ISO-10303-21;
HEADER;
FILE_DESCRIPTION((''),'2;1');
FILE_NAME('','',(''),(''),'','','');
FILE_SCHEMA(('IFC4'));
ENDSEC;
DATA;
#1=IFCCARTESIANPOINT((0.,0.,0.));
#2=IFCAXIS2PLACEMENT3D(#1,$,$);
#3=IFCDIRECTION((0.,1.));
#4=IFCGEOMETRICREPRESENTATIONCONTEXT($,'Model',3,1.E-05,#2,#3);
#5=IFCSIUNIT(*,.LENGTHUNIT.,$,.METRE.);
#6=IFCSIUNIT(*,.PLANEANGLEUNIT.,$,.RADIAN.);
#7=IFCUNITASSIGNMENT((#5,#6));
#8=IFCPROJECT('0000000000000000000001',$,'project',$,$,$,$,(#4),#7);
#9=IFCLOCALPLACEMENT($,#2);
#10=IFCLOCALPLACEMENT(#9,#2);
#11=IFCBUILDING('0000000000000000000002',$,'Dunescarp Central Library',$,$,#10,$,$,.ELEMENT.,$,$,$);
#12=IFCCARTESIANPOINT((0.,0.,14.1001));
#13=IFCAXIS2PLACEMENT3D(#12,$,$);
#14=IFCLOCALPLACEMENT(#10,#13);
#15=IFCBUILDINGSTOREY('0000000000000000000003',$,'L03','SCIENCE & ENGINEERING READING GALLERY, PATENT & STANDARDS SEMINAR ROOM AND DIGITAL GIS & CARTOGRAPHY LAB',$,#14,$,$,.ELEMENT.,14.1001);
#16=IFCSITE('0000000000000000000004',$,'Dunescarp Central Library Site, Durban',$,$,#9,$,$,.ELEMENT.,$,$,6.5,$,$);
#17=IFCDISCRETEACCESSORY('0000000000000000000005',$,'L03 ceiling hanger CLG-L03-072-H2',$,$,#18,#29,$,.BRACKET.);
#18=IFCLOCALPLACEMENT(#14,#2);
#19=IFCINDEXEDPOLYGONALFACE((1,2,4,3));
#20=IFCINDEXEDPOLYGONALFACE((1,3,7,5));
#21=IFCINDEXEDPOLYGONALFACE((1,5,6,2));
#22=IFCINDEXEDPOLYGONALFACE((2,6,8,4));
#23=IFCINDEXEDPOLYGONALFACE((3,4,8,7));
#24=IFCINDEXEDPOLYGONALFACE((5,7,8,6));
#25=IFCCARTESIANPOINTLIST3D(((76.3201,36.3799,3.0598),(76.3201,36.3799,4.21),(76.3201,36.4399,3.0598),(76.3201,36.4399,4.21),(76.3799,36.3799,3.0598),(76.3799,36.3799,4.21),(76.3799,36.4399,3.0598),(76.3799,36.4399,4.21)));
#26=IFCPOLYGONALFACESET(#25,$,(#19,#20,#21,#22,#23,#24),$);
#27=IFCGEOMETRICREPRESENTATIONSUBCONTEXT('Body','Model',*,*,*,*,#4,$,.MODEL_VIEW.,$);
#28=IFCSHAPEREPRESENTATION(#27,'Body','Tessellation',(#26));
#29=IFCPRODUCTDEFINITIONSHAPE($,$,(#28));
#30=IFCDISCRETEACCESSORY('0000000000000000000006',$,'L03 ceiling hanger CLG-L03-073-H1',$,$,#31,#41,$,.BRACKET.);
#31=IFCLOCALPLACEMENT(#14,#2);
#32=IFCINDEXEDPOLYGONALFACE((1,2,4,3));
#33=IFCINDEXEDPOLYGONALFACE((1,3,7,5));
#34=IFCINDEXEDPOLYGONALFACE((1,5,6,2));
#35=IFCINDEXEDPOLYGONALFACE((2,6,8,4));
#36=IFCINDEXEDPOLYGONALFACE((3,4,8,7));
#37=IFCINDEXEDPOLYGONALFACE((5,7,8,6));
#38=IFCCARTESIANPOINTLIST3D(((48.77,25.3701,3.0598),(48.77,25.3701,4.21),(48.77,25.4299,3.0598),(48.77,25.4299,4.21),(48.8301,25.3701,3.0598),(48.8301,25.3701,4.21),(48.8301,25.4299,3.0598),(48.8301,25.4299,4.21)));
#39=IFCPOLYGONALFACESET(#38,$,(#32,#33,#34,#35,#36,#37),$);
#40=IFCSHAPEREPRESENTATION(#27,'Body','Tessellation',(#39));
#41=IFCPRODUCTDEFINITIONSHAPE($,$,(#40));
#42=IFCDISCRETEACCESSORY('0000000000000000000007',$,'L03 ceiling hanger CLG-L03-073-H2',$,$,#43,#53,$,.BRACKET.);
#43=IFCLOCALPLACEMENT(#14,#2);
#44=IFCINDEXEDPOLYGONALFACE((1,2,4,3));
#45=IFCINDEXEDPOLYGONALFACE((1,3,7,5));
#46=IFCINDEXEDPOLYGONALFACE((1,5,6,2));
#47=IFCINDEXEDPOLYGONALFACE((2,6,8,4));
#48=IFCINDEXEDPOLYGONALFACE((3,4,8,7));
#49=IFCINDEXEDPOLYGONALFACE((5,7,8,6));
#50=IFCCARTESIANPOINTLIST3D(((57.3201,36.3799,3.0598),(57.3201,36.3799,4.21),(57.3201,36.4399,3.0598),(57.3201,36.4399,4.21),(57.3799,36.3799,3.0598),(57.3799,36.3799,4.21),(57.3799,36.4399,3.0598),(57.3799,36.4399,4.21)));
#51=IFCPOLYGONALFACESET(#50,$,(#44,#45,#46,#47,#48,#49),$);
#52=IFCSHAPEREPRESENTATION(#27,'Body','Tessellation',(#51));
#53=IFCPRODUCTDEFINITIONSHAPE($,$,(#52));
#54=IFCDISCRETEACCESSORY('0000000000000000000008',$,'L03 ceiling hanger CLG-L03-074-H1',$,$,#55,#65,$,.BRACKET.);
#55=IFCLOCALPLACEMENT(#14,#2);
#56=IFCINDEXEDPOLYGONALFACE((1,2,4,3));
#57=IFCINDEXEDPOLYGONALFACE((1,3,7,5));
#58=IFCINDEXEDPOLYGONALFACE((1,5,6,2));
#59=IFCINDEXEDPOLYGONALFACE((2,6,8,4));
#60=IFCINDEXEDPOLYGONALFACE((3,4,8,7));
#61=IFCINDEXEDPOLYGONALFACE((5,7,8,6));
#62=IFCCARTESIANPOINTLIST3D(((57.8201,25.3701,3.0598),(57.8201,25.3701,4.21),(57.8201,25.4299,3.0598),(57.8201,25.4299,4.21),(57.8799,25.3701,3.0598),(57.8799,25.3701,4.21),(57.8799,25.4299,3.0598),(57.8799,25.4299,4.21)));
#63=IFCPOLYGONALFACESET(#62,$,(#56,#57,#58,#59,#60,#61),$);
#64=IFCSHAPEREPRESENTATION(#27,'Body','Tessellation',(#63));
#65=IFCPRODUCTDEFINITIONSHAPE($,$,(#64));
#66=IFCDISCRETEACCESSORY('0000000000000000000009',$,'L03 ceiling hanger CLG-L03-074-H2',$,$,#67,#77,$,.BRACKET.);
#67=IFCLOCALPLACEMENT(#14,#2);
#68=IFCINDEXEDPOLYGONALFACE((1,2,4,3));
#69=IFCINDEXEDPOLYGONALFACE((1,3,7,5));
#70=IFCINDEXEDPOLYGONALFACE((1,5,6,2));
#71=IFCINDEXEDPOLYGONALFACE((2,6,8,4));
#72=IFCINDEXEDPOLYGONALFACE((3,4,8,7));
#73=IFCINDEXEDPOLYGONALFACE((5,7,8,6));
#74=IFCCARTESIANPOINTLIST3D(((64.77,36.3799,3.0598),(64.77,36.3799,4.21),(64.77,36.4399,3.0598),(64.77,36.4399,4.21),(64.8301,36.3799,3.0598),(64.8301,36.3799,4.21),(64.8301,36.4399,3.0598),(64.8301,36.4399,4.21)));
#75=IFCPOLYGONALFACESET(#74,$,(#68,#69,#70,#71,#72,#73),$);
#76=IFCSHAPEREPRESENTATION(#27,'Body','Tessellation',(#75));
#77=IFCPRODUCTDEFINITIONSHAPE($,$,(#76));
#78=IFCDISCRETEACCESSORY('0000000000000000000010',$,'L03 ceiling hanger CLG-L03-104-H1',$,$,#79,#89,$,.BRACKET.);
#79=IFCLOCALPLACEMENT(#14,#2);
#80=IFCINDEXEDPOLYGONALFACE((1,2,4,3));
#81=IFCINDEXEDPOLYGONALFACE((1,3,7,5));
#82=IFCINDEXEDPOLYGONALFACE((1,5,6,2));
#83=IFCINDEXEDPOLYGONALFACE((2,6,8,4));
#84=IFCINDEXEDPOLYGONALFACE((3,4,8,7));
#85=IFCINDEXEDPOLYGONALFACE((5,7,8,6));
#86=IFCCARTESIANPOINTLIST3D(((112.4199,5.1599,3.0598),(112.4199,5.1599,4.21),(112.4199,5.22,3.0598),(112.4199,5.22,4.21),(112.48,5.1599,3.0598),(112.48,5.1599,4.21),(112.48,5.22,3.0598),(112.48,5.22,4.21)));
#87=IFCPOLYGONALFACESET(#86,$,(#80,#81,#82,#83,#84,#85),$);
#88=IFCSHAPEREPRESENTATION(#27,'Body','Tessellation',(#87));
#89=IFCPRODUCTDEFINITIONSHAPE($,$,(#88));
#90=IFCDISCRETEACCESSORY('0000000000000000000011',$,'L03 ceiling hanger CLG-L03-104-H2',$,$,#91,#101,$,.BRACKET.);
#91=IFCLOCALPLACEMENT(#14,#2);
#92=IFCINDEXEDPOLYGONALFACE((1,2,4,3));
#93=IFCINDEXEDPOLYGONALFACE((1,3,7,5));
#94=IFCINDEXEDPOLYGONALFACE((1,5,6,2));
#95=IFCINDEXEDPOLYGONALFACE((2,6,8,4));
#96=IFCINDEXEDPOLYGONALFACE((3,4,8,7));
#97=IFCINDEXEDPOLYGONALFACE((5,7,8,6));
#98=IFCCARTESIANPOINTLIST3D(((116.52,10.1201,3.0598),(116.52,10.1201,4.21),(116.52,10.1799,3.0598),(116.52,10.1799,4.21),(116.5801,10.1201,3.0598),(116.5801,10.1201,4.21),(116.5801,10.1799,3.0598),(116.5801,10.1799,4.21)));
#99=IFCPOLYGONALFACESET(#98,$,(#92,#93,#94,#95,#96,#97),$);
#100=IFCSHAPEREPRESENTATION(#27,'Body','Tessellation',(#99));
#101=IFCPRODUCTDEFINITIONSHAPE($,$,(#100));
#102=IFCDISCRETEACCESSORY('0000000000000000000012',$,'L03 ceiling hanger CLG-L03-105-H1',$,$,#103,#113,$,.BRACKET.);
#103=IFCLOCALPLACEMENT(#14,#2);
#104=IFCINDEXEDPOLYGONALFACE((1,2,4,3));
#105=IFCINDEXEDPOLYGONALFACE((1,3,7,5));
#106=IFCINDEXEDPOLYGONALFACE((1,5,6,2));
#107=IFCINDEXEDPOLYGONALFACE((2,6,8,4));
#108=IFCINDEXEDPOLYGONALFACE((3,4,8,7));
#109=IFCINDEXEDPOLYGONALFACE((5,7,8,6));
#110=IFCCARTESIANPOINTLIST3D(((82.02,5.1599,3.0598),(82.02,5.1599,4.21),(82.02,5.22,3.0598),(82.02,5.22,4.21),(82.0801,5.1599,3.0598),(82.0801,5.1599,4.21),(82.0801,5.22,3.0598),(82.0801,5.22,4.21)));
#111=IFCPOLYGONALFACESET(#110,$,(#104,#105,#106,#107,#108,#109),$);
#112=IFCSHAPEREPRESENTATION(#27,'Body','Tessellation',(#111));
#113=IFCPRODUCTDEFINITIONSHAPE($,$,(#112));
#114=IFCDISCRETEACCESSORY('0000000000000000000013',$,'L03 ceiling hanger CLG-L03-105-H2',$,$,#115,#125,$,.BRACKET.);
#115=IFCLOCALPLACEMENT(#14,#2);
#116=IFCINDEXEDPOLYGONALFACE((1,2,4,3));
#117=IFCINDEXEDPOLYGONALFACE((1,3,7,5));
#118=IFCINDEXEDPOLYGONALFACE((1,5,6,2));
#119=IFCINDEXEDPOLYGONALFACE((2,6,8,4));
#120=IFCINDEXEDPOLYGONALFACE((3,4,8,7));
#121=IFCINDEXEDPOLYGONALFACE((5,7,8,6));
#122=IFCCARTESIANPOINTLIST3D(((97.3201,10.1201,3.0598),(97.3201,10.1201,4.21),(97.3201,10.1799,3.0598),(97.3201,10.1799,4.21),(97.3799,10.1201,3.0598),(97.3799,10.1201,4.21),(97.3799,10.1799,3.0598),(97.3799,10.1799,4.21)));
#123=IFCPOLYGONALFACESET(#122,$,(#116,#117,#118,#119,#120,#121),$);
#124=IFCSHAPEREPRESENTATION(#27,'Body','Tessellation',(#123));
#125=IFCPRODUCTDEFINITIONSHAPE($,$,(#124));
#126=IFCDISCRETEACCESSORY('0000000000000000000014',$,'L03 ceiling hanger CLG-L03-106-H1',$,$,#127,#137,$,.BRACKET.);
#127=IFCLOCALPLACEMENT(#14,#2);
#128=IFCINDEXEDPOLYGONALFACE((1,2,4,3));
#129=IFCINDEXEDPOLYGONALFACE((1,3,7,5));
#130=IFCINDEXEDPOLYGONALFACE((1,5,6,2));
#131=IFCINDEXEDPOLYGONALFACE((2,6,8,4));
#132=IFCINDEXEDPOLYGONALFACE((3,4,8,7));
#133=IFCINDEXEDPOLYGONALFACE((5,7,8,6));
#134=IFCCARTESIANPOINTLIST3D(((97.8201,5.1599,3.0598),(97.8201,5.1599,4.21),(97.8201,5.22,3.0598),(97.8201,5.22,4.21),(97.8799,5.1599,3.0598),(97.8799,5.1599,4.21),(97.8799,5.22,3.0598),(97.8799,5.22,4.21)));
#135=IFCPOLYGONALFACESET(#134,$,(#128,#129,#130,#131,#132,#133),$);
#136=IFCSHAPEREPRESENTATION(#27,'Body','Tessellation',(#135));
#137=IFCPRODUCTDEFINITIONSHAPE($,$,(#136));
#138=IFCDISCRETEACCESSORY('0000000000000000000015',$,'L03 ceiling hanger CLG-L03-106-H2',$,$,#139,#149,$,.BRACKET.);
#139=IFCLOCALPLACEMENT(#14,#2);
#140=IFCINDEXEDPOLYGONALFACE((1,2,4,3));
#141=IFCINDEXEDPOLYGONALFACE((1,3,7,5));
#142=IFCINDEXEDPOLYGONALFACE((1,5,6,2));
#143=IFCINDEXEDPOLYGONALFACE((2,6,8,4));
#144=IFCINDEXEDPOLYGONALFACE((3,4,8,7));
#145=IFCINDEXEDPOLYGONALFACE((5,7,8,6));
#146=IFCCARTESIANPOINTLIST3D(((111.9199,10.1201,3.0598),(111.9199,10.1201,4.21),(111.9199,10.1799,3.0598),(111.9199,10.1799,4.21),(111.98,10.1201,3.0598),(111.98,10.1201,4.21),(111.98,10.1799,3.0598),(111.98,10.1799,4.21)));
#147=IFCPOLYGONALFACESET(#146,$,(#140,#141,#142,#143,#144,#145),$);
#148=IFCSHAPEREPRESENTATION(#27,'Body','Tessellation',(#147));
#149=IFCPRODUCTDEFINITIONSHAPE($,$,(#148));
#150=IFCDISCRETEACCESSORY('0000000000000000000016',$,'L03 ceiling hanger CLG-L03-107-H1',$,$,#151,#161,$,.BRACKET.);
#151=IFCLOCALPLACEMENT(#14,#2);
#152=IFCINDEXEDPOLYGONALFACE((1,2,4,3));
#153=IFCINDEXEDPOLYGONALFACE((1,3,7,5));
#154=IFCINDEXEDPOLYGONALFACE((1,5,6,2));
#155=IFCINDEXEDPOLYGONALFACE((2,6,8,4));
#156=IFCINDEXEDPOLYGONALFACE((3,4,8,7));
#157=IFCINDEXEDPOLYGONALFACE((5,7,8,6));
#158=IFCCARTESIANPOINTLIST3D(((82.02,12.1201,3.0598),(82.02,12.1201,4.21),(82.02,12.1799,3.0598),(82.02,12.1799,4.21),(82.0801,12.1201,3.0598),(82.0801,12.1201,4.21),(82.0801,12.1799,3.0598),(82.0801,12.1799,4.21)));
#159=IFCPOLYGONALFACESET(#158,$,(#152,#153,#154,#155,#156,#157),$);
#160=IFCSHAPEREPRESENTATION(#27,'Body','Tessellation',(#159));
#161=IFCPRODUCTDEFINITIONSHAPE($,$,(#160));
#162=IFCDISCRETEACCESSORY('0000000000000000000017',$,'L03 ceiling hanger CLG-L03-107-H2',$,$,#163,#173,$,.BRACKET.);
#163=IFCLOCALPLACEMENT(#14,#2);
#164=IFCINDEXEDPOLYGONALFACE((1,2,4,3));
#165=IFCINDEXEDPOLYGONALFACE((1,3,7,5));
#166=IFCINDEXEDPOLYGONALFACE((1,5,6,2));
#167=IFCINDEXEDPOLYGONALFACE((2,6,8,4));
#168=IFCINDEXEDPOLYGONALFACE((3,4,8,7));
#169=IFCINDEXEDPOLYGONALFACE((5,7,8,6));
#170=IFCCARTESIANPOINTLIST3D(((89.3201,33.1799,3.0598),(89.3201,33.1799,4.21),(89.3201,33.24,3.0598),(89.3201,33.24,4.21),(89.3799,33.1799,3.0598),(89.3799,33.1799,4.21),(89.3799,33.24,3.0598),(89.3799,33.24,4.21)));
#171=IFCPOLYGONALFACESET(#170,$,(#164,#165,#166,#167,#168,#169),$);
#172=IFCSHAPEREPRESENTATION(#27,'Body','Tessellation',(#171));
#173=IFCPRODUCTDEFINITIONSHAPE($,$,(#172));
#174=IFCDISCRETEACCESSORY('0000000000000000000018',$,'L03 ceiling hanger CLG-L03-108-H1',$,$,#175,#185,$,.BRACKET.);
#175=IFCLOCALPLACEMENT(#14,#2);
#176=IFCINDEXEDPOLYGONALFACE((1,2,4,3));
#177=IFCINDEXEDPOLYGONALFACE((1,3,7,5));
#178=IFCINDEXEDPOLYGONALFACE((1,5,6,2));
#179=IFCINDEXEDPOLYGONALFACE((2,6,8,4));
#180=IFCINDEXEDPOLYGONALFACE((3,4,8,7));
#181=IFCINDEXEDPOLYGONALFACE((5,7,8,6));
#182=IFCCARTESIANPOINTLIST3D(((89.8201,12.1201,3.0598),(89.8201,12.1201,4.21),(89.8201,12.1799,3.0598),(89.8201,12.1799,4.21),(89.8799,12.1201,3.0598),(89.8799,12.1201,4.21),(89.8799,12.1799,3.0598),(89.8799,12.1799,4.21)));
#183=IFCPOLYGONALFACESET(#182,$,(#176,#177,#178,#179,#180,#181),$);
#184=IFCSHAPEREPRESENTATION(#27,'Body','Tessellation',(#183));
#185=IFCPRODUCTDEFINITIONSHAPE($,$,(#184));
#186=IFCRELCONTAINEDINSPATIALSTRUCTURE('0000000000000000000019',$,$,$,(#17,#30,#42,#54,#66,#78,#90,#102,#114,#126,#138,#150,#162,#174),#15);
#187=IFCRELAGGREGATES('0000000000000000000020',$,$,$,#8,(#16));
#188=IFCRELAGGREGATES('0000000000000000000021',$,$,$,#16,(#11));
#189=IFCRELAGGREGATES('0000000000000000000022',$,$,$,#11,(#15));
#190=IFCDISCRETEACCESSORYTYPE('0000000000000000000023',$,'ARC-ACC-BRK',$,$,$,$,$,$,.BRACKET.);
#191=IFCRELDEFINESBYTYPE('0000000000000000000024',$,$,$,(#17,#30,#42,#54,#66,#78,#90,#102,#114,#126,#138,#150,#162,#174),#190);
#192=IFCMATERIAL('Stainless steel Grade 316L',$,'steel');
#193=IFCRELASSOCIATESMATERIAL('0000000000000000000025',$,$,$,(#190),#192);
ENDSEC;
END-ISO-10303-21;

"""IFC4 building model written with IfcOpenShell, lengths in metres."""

from ifc_helpers import new_model, si_unit, direction, frame, origin, place, context, subcontext, project, spatial, polyline, outline, extrude, material, type_object, element, save


model = new_model("IFC4")

# Units and contexts
model_context = context("Model", 3, precision=1e-05, world=origin(), true_north=direction((0.0, 1.0)))
body_context = subcontext(model_context, "Body", "Model", "MODEL_VIEW")
ifc_project = project(units=[si_unit("LENGTHUNIT", "METRE"), si_unit("PLANEANGLEUNIT", "RADIAN")], contexts=[model_context])

# Site, building, storey
site_placement = place(None, origin())
site = spatial("IfcSite", under=ifc_project, at=site_placement, Name="Dunescarp Central Library Site, Durban", CompositionType="ELEMENT", RefElevation=6.5)
building_placement = place(site_placement, origin())
building = spatial("IfcBuilding", under=site, at=building_placement, Name="Dunescarp Central Library", CompositionType="ELEMENT")
storey_placement = place(building_placement, frame((0.0, 0.0, 14.1001)))
storey = spatial("IfcBuildingStorey", under=building, at=storey_placement, Name="L03", Description="SCIENCE & ENGINEERING READING GALLERY, PATENT & STANDARDS SEMINAR ROOM AND DIGITAL GIS & CARTOGRAPHY LAB", CompositionType="ELEMENT", Elevation=14.1001)

# Discrete accessories
ifc_material = material(Name="Stainless steel Grade 316L", Category="steel")
discrete_accessory_type = type_object("IfcDiscreteAccessoryType", Name="ARC-ACC-BRK", PredefinedType="BRACKET", material=ifc_material)
discrete_accessory_1_placement = place(storey_placement, frame((0.0, 0.0, 3.0598)))
element("IfcDiscreteAccessory", 1, at=discrete_accessory_1_placement, inside=storey, type_object=discrete_accessory_type, Name="L03 ceiling hanger CLG-L03-072-H2", PredefinedType="BRACKET", context=body_context, shape_type="SweptSolid", body=[
    extrude(outline(polyline([(76.3201, 36.3799), (76.3799, 36.3799), (76.3799, 36.4399), (76.3201, 36.4399), (76.3201, 36.3799)])), origin(), (0.0, 0.0, 1.0), 1.1501),
])
discrete_accessory_2_placement = place(storey_placement, frame((0.0, 0.0, 3.0598)))
element("IfcDiscreteAccessory", 2, at=discrete_accessory_2_placement, inside=storey, type_object=discrete_accessory_type, Name="L03 ceiling hanger CLG-L03-073-H1", PredefinedType="BRACKET", context=body_context, shape_type="SweptSolid", body=[
    extrude(outline(polyline([(48.77, 25.3701), (48.8301, 25.3701), (48.8301, 25.4299), (48.77, 25.4299), (48.77, 25.3701)])), origin(), (0.0, 0.0, 1.0), 1.1501),
])
discrete_accessory_3_placement = place(storey_placement, frame((0.0, 0.0, 3.0598)))
element("IfcDiscreteAccessory", 3, at=discrete_accessory_3_placement, inside=storey, type_object=discrete_accessory_type, Name="L03 ceiling hanger CLG-L03-073-H2", PredefinedType="BRACKET", context=body_context, shape_type="SweptSolid", body=[
    extrude(outline(polyline([(57.3201, 36.3799), (57.3799, 36.3799), (57.3799, 36.4399), (57.3201, 36.4399), (57.3201, 36.3799)])), origin(), (0.0, 0.0, 1.0), 1.1501),
])
discrete_accessory_4_placement = place(storey_placement, frame((0.0, 0.0, 3.0598)))
element("IfcDiscreteAccessory", 4, at=discrete_accessory_4_placement, inside=storey, type_object=discrete_accessory_type, Name="L03 ceiling hanger CLG-L03-074-H1", PredefinedType="BRACKET", context=body_context, shape_type="SweptSolid", body=[
    extrude(outline(polyline([(57.8201, 25.3701), (57.8799, 25.3701), (57.8799, 25.4299), (57.8201, 25.4299), (57.8201, 25.3701)])), origin(), (0.0, 0.0, 1.0), 1.1501),
])
discrete_accessory_5_placement = place(storey_placement, frame((0.0, 0.0, 3.0598)))
element("IfcDiscreteAccessory", 5, at=discrete_accessory_5_placement, inside=storey, type_object=discrete_accessory_type, Name="L03 ceiling hanger CLG-L03-074-H2", PredefinedType="BRACKET", context=body_context, shape_type="SweptSolid", body=[
    extrude(outline(polyline([(64.77, 36.3799), (64.8301, 36.3799), (64.8301, 36.4399), (64.77, 36.4399), (64.77, 36.3799)])), origin(), (0.0, 0.0, 1.0), 1.1501),
])
discrete_accessory_6_placement = place(storey_placement, frame((0.0, 0.0, 3.0598)))
element("IfcDiscreteAccessory", 6, at=discrete_accessory_6_placement, inside=storey, type_object=discrete_accessory_type, Name="L03 ceiling hanger CLG-L03-104-H1", PredefinedType="BRACKET", context=body_context, shape_type="SweptSolid", body=[
    extrude(outline(polyline([(112.4199, 5.1599), (112.48, 5.1599), (112.48, 5.22), (112.4199, 5.22), (112.4199, 5.1599)])), origin(), (0.0, 0.0, 1.0), 1.1501),
])
discrete_accessory_7_placement = place(storey_placement, frame((0.0, 0.0, 3.0598)))
element("IfcDiscreteAccessory", 7, at=discrete_accessory_7_placement, inside=storey, type_object=discrete_accessory_type, Name="L03 ceiling hanger CLG-L03-104-H2", PredefinedType="BRACKET", context=body_context, shape_type="SweptSolid", body=[
    extrude(outline(polyline([(116.52, 10.1201), (116.5801, 10.1201), (116.5801, 10.1799), (116.52, 10.1799), (116.52, 10.1201)])), origin(), (0.0, 0.0, 1.0), 1.1501),
])
discrete_accessory_8_placement = place(storey_placement, frame((0.0, 0.0, 3.0598)))
element("IfcDiscreteAccessory", 8, at=discrete_accessory_8_placement, inside=storey, type_object=discrete_accessory_type, Name="L03 ceiling hanger CLG-L03-105-H1", PredefinedType="BRACKET", context=body_context, shape_type="SweptSolid", body=[
    extrude(outline(polyline([(82.02, 5.1599), (82.0801, 5.1599), (82.0801, 5.22), (82.02, 5.22), (82.02, 5.1599)])), origin(), (0.0, 0.0, 1.0), 1.1501),
])
discrete_accessory_9_placement = place(storey_placement, frame((0.0, 0.0, 3.0598)))
element("IfcDiscreteAccessory", 9, at=discrete_accessory_9_placement, inside=storey, type_object=discrete_accessory_type, Name="L03 ceiling hanger CLG-L03-105-H2", PredefinedType="BRACKET", context=body_context, shape_type="SweptSolid", body=[
    extrude(outline(polyline([(97.3201, 10.1201), (97.3799, 10.1201), (97.3799, 10.1799), (97.3201, 10.1799), (97.3201, 10.1201)])), origin(), (0.0, 0.0, 1.0), 1.1501),
])
discrete_accessory_10_placement = place(storey_placement, frame((0.0, 0.0, 3.0598)))
element("IfcDiscreteAccessory", 10, at=discrete_accessory_10_placement, inside=storey, type_object=discrete_accessory_type, Name="L03 ceiling hanger CLG-L03-106-H1", PredefinedType="BRACKET", context=body_context, shape_type="SweptSolid", body=[
    extrude(outline(polyline([(97.8201, 5.1599), (97.8799, 5.1599), (97.8799, 5.22), (97.8201, 5.22), (97.8201, 5.1599)])), origin(), (0.0, 0.0, 1.0), 1.1501),
])
discrete_accessory_11_placement = place(storey_placement, frame((0.0, 0.0, 3.0598)))
element("IfcDiscreteAccessory", 11, at=discrete_accessory_11_placement, inside=storey, type_object=discrete_accessory_type, Name="L03 ceiling hanger CLG-L03-106-H2", PredefinedType="BRACKET", context=body_context, shape_type="SweptSolid", body=[
    extrude(outline(polyline([(111.9199, 10.1201), (111.98, 10.1201), (111.98, 10.1799), (111.9199, 10.1799), (111.9199, 10.1201)])), origin(), (0.0, 0.0, 1.0), 1.1501),
])
discrete_accessory_12_placement = place(storey_placement, frame((0.0, 0.0, 3.0598)))
element("IfcDiscreteAccessory", 12, at=discrete_accessory_12_placement, inside=storey, type_object=discrete_accessory_type, Name="L03 ceiling hanger CLG-L03-107-H1", PredefinedType="BRACKET", context=body_context, shape_type="SweptSolid", body=[
    extrude(outline(polyline([(82.02, 12.1201), (82.0801, 12.1201), (82.0801, 12.1799), (82.02, 12.1799), (82.02, 12.1201)])), origin(), (0.0, 0.0, 1.0), 1.1501),
])
discrete_accessory_13_placement = place(storey_placement, frame((0.0, 0.0, 3.0598)))
element("IfcDiscreteAccessory", 13, at=discrete_accessory_13_placement, inside=storey, type_object=discrete_accessory_type, Name="L03 ceiling hanger CLG-L03-107-H2", PredefinedType="BRACKET", context=body_context, shape_type="SweptSolid", body=[
    extrude(outline(polyline([(89.3201, 33.1799), (89.3799, 33.1799), (89.3799, 33.24), (89.3201, 33.24), (89.3201, 33.1799)])), origin(), (0.0, 0.0, 1.0), 1.1501),
])
discrete_accessory_14_placement = place(storey_placement, frame((0.0, 0.0, 3.0598)))
element("IfcDiscreteAccessory", 14, at=discrete_accessory_14_placement, inside=storey, type_object=discrete_accessory_type, Name="L03 ceiling hanger CLG-L03-108-H1", PredefinedType="BRACKET", context=body_context, shape_type="SweptSolid", body=[
    extrude(outline(polyline([(89.8201, 12.1201), (89.8799, 12.1201), (89.8799, 12.1799), (89.8201, 12.1799), (89.8201, 12.1201)])), origin(), (0.0, 0.0, 1.0), 1.1501),
])

save(model, "model.ifc")
